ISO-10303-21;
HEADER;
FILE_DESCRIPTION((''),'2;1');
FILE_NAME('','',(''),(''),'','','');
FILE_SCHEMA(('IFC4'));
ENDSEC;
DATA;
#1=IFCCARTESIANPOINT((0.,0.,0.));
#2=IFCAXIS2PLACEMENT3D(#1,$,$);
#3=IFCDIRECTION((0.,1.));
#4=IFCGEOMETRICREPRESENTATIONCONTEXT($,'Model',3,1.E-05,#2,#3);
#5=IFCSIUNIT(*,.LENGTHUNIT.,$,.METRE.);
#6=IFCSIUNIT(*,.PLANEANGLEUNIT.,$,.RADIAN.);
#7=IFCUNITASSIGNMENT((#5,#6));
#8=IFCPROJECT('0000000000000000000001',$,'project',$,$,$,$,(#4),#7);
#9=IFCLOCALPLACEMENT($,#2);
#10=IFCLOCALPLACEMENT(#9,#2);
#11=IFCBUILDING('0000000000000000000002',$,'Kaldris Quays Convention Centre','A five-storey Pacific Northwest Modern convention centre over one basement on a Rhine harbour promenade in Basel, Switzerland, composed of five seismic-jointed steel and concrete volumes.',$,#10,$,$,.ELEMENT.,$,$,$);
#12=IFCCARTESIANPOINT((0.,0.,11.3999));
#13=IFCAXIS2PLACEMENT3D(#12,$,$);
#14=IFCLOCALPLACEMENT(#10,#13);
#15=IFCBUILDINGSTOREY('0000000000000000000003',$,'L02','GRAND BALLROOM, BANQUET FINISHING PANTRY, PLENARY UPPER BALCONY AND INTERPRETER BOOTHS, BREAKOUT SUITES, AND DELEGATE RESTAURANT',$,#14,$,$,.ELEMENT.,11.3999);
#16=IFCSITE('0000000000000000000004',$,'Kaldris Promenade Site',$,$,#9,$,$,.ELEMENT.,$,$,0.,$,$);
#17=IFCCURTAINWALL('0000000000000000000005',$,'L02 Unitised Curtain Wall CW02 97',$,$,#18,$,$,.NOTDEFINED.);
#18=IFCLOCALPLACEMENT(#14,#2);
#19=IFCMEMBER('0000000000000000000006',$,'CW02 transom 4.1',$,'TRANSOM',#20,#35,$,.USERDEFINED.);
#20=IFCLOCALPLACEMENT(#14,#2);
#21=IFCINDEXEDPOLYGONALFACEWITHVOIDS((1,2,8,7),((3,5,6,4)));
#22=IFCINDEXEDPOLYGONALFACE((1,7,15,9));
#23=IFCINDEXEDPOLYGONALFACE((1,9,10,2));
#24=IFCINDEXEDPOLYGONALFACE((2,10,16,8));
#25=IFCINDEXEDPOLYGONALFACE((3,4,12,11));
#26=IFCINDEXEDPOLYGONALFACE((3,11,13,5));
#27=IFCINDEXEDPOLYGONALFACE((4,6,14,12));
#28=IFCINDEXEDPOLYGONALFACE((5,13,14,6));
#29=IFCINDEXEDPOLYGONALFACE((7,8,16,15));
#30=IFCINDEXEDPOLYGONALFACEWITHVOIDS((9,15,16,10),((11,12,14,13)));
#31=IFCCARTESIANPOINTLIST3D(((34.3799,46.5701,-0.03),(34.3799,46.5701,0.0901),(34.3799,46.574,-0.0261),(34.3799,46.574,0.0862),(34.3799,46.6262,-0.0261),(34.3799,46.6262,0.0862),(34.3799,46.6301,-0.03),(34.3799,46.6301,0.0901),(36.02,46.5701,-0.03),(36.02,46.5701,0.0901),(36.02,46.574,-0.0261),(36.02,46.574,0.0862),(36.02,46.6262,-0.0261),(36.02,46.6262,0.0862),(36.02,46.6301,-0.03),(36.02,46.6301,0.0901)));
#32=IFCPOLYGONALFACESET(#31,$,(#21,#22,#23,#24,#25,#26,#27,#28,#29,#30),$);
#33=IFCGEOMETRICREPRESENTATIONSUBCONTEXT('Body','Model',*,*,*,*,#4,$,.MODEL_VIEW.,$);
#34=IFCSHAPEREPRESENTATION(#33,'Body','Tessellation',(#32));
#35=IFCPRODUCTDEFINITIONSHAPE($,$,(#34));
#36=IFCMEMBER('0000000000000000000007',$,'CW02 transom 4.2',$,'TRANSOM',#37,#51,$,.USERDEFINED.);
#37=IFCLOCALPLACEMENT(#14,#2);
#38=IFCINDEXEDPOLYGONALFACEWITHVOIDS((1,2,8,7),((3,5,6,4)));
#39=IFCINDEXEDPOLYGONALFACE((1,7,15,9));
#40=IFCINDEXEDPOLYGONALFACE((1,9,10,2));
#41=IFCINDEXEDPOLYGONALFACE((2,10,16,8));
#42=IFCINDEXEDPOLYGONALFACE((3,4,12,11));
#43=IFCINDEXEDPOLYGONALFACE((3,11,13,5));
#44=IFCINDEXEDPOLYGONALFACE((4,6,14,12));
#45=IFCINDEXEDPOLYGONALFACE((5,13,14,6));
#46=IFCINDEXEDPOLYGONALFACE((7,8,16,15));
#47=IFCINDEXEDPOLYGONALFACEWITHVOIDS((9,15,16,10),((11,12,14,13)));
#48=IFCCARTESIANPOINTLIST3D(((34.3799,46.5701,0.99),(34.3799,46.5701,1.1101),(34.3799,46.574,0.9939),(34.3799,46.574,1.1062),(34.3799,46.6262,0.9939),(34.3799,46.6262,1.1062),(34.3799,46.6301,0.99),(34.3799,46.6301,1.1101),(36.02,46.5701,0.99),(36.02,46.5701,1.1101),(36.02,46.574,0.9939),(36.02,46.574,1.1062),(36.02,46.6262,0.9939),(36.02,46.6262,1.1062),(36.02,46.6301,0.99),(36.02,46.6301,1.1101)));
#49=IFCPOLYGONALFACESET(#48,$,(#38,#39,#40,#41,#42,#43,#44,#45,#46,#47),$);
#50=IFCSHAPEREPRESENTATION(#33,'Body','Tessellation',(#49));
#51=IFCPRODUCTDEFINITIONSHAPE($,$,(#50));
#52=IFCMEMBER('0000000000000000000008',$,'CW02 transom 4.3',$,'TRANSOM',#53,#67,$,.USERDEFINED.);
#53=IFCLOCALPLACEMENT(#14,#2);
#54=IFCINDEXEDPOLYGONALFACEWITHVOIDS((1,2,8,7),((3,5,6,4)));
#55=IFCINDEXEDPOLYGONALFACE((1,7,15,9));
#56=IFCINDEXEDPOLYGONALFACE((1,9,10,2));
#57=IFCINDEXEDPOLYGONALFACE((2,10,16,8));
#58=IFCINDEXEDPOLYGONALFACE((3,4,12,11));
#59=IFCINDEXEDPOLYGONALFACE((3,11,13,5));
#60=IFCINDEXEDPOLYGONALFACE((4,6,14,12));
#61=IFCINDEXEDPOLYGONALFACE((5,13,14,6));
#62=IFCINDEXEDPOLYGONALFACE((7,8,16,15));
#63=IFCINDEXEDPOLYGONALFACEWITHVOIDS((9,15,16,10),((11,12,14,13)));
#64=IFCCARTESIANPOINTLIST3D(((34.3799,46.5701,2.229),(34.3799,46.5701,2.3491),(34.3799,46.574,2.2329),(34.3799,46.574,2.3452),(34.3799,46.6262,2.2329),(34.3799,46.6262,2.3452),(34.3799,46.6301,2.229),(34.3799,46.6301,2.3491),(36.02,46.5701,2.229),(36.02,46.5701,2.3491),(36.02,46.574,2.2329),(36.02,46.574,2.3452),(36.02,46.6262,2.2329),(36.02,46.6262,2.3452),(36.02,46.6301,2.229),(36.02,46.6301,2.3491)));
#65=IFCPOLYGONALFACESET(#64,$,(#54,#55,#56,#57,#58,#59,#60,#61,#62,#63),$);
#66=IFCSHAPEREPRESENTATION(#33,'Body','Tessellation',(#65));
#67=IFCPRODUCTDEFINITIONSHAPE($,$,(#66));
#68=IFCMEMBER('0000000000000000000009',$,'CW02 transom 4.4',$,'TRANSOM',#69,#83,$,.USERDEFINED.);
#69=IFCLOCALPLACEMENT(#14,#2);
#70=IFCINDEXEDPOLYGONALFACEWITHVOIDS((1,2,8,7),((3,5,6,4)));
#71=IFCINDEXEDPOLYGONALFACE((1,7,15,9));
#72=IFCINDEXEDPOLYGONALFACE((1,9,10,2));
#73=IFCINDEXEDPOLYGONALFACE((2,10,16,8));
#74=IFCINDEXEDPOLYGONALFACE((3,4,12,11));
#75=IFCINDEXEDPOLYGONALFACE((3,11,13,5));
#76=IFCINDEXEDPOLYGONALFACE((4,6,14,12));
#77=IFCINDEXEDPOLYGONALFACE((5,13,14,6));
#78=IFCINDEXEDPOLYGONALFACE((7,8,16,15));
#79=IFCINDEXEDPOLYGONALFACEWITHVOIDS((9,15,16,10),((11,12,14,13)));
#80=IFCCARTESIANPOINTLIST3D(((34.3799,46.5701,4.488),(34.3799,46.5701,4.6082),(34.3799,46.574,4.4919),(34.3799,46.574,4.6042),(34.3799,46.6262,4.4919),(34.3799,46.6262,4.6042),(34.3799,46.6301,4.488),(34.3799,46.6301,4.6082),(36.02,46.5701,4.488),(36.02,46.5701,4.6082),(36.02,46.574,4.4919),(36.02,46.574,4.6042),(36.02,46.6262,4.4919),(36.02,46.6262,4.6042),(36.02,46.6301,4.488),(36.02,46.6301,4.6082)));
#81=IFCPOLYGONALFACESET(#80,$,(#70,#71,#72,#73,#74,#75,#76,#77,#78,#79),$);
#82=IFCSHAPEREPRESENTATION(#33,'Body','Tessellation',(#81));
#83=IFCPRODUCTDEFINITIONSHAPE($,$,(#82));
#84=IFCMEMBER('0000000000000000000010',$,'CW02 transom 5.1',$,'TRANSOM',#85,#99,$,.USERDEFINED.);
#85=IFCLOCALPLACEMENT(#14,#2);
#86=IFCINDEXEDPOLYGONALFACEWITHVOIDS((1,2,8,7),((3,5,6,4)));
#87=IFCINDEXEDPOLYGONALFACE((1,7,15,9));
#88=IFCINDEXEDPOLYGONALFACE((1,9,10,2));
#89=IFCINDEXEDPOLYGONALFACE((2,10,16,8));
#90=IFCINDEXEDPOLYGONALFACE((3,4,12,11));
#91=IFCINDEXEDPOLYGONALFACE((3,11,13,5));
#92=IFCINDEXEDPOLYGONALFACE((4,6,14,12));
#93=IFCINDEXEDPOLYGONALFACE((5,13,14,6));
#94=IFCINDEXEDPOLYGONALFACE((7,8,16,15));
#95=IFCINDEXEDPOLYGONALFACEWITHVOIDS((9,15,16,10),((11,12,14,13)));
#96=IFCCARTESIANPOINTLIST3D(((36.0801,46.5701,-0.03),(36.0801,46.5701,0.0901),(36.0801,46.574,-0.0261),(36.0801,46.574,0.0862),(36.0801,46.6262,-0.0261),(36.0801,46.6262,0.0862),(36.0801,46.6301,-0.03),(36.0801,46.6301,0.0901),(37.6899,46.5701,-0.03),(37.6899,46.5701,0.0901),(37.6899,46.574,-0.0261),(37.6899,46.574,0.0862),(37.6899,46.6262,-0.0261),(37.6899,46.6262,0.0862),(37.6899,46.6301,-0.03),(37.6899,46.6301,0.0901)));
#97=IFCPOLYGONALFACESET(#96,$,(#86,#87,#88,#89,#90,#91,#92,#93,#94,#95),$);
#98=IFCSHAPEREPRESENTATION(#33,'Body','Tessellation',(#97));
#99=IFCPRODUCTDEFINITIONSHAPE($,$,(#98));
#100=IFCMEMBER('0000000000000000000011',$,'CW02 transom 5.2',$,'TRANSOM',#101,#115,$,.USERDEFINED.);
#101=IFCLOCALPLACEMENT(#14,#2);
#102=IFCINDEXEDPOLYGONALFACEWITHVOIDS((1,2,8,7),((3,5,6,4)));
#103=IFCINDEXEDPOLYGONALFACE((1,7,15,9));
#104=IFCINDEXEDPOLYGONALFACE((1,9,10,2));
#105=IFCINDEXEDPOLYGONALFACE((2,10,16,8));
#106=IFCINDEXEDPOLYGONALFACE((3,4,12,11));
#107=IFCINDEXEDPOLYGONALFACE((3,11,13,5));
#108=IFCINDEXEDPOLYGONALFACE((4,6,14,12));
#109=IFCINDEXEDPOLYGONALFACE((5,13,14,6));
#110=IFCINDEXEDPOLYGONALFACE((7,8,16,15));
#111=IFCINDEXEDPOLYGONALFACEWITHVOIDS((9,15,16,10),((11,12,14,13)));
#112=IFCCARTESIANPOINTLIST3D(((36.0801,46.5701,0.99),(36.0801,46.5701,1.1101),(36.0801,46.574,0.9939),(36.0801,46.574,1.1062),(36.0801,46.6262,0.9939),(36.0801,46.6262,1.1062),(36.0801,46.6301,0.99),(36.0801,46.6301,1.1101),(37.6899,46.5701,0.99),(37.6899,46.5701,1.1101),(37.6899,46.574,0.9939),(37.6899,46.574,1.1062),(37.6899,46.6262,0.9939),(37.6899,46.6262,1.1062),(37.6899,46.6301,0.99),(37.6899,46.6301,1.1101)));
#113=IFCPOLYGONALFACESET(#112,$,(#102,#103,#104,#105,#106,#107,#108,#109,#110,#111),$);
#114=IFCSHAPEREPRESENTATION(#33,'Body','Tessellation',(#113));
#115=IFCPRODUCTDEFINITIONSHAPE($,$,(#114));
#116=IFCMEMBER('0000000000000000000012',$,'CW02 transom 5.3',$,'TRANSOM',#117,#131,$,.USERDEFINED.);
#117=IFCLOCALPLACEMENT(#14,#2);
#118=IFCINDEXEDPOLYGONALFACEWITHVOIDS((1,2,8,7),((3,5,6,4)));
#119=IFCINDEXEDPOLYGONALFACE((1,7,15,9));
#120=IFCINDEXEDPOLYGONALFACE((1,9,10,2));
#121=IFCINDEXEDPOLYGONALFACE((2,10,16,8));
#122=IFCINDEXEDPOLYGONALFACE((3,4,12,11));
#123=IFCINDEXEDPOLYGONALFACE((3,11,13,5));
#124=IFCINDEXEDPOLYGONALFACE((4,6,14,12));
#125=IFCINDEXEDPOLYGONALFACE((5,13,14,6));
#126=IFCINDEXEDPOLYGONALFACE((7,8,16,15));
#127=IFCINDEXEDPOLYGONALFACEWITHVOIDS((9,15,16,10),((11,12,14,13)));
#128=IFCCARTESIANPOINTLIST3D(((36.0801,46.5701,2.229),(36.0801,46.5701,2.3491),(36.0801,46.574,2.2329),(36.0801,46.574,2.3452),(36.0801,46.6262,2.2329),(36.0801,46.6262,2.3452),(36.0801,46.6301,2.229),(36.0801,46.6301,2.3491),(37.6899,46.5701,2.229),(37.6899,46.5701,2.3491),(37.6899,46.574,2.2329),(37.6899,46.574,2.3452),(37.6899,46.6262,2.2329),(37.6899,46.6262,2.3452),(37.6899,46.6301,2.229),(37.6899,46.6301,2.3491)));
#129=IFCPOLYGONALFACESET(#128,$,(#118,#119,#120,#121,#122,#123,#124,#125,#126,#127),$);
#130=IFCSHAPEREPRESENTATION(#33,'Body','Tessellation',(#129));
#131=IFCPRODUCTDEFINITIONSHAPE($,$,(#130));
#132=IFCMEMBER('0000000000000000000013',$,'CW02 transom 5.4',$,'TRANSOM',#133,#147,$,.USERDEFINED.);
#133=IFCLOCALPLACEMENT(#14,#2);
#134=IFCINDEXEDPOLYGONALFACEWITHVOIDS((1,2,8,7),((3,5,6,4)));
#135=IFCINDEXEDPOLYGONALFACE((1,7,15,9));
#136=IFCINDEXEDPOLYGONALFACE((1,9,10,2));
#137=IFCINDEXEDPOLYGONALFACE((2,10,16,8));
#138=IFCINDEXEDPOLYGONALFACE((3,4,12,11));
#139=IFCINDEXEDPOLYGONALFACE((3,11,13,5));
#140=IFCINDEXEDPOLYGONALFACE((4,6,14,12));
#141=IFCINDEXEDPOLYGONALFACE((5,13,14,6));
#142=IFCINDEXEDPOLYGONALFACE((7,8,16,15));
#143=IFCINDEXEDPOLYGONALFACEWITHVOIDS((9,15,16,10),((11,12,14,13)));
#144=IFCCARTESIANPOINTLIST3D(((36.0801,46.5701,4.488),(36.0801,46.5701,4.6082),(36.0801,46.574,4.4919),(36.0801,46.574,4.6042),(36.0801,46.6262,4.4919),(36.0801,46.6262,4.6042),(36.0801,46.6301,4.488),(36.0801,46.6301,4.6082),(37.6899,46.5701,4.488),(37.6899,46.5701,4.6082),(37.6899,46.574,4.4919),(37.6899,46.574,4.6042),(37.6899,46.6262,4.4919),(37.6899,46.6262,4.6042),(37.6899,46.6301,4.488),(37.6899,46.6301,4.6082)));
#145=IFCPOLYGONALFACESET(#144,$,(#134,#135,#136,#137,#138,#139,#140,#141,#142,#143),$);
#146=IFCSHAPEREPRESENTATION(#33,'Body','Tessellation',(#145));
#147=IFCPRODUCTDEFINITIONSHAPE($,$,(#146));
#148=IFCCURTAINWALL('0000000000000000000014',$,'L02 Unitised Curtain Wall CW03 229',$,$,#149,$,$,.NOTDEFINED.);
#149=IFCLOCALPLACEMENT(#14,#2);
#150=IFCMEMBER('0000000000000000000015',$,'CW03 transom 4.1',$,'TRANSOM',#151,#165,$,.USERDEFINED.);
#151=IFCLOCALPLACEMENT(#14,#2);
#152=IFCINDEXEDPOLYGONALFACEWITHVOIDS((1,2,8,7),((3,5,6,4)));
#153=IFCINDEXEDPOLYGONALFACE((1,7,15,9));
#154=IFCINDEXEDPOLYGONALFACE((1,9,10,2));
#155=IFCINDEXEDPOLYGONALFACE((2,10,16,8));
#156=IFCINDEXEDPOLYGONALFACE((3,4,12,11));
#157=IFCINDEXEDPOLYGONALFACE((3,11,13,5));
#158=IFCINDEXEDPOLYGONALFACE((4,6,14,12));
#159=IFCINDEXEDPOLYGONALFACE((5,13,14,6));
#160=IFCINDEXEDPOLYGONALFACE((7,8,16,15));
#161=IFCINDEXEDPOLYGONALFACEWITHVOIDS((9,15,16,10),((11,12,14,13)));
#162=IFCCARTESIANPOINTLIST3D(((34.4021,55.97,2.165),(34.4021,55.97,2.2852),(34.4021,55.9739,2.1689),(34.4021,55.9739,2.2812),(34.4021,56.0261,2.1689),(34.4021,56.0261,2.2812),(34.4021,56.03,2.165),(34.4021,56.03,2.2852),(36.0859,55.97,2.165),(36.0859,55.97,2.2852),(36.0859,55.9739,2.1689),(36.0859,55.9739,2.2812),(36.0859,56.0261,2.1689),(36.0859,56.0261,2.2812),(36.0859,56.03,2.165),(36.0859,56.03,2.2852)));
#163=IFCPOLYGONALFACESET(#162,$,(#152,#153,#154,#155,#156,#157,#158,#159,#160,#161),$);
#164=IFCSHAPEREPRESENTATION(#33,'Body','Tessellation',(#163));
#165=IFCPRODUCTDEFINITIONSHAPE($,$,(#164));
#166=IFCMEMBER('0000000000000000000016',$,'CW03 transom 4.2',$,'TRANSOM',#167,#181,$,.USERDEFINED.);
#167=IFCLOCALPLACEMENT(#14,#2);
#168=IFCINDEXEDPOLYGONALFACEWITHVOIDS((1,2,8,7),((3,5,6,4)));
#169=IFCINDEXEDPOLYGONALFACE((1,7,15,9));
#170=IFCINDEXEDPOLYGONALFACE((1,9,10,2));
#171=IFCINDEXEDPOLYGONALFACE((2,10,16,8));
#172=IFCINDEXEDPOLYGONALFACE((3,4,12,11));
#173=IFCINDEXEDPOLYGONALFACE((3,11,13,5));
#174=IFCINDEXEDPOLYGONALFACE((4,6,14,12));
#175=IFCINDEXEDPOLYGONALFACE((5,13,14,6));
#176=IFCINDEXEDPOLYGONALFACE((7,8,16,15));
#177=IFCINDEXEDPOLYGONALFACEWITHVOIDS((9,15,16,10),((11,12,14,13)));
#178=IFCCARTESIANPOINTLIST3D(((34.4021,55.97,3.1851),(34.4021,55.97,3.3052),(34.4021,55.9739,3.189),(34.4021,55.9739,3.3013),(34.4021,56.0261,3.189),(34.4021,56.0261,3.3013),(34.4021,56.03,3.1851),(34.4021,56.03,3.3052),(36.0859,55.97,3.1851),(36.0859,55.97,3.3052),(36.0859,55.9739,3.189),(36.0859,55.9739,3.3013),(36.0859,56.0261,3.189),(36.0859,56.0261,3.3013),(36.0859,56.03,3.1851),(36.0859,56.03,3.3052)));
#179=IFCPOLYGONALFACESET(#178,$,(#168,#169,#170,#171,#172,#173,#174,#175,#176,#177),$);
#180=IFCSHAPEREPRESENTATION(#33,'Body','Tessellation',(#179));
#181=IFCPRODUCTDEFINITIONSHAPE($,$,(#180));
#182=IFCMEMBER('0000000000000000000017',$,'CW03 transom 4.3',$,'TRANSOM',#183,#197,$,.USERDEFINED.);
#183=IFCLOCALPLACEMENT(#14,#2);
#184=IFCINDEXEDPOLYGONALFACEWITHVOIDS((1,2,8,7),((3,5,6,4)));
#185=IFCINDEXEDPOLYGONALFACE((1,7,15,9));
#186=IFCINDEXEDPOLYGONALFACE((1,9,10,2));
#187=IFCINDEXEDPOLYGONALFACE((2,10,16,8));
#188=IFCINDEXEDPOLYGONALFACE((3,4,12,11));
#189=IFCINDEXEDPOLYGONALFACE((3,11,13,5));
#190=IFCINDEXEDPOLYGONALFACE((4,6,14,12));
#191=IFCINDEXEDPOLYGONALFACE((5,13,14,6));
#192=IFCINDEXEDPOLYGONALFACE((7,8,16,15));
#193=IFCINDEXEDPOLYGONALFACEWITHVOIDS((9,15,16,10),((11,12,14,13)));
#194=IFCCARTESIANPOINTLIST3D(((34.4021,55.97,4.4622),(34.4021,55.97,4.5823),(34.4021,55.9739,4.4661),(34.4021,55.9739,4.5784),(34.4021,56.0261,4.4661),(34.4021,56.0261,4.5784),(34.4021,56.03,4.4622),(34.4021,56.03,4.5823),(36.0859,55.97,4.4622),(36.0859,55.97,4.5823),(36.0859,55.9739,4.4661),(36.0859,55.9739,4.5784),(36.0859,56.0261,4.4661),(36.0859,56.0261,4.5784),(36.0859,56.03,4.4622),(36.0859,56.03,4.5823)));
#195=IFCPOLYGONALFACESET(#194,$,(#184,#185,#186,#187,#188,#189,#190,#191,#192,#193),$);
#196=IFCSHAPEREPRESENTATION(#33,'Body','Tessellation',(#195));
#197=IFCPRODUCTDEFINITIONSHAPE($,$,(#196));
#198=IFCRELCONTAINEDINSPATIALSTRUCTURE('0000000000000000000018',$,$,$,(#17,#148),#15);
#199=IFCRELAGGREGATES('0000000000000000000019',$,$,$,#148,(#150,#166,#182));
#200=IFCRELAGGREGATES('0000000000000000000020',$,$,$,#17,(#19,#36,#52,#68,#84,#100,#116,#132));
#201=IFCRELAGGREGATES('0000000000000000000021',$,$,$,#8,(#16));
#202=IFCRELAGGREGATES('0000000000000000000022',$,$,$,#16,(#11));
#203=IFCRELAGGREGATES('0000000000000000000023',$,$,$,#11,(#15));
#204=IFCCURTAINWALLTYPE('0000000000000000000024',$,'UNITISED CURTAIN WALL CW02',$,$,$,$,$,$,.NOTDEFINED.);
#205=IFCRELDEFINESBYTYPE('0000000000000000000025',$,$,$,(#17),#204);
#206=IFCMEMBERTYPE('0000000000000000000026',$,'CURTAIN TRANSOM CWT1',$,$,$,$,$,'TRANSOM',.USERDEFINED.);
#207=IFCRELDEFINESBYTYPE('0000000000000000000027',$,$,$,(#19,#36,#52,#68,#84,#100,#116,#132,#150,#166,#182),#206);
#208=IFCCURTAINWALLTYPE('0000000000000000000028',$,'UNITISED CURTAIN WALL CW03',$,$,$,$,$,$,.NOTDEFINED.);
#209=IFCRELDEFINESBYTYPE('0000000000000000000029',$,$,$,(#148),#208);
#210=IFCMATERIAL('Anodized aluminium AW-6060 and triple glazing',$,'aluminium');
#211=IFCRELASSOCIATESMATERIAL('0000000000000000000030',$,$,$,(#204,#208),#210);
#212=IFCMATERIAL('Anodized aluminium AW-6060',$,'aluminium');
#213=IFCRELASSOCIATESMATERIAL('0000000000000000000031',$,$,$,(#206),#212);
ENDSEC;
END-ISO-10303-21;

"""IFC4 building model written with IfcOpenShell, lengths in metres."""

from ifc_helpers import new_model, si_unit, direction, frame, origin, origin_2d, place, context, subcontext, project, spatial, hollow_rectangle, extrude, material, material_profile, profile_set, type_object, element, aggregate, save


model = new_model("IFC4")

# Units and contexts
model_context = context("Model", 3, precision=1e-05, world=origin(), true_north=direction((0.0, 1.0)))
body_context = subcontext(model_context, "Body", "Model", "MODEL_VIEW")
ifc_project = project(units=[si_unit("LENGTHUNIT", "METRE"), si_unit("PLANEANGLEUNIT", "RADIAN")], contexts=[model_context])

# Site, building, storey
site_placement = place(None, origin())
site = spatial("IfcSite", under=ifc_project, at=site_placement, Name="Kaldris Promenade Site", CompositionType="ELEMENT", RefElevation=0.0)
building_placement = place(site_placement, origin())
building = spatial("IfcBuilding", under=site, at=building_placement, Name="Kaldris Quays Convention Centre", Description="A five-storey Pacific Northwest Modern convention centre over one basement on a Rhine harbour promenade in Basel, Switzerland, composed of five seismic-jointed steel and concrete volumes.", CompositionType="ELEMENT")
storey_placement = place(building_placement, frame((0.0, 0.0, 11.3999)))
storey = spatial("IfcBuildingStorey", under=building, at=storey_placement, Name="L02", Description="GRAND BALLROOM, BANQUET FINISHING PANTRY, PLENARY UPPER BALCONY AND INTERPRETER BOOTHS, BREAKOUT SUITES, AND DELEGATE RESTAURANT", CompositionType="ELEMENT", Elevation=11.3999)

# Curtain wall
ifc_material_1 = material(Name="Anodized aluminium AW-6060 and triple glazing", Category="aluminium")
curtain_wall_type_1 = type_object("IfcCurtainWallType", Name="UNITISED CURTAIN WALL CW02", PredefinedType="NOTDEFINED", material=ifc_material_1)
curtain_wall_1_placement = place(storey_placement, origin())
curtain_wall_1 = element("IfcCurtainWall", 1, at=curtain_wall_1_placement, inside=storey, type_object=curtain_wall_type_1, Name="L02 Unitised Curtain Wall CW02 97", PredefinedType="NOTDEFINED")
ifc_material_2 = material(Name="Anodized aluminium AW-6060", Category="aluminium")

# Members
ifc_material_profile_1 = material_profile(ifc_material_2, hollow_rectangle(XDim=0.0601, YDim=0.1201, WallThickness=0.0039, at=origin_2d()), Name="RHS 120x60x4")
ifc_profile_set_1 = profile_set([ifc_material_profile_1], Name="Anodized aluminium AW-6060")
member_type_1 = type_object("IfcMemberType", Name="CURTAIN TRANSOM CWT1", ElementType="TRANSOM", PredefinedType="USERDEFINED", material=ifc_profile_set_1)
member_1_placement = place(storey_placement, frame((34.3799, 46.6001, 0.03), z_axis=(1.0, 0.0, 0.0), x_axis=(0.0, 1.0, 0.0)))
member_1 = element("IfcMember", 2, at=member_1_placement, type_object=member_type_1, Name="CW02 transom 4.1", ObjectType="TRANSOM", PredefinedType="USERDEFINED", context=body_context, shape_type="SweptSolid", body=[
    extrude(hollow_rectangle(XDim=0.0601, YDim=0.1201, WallThickness=0.0039, at=origin_2d()), origin(), (0.0, 0.0, 1.0), 1.6401),
])
member_2_placement = place(storey_placement, frame((34.3799, 46.6001, 1.05), z_axis=(1.0, 0.0, 0.0), x_axis=(0.0, 1.0, 0.0)))
member_2 = element("IfcMember", 3, at=member_2_placement, type_object=member_type_1, Name="CW02 transom 4.2", ObjectType="TRANSOM", PredefinedType="USERDEFINED", context=body_context, shape_type="SweptSolid", body=[
    extrude(hollow_rectangle(XDim=0.0601, YDim=0.1201, WallThickness=0.0039, at=origin_2d()), origin(), (0.0, 0.0, 1.0), 1.6401),
])
member_3_placement = place(storey_placement, frame((34.3799, 46.6001, 2.2891), z_axis=(1.0, 0.0, 0.0), x_axis=(0.0, 1.0, 0.0)))
member_3 = element("IfcMember", 4, at=member_3_placement, type_object=member_type_1, Name="CW02 transom 4.3", ObjectType="TRANSOM", PredefinedType="USERDEFINED", context=body_context, shape_type="SweptSolid", body=[
    extrude(hollow_rectangle(XDim=0.0601, YDim=0.1201, WallThickness=0.0039, at=origin_2d()), origin(), (0.0, 0.0, 1.0), 1.6401),
])
member_4_placement = place(storey_placement, frame((34.3799, 46.6001, 4.5481), z_axis=(1.0, 0.0, 0.0), x_axis=(0.0, 1.0, 0.0)))
member_4 = element("IfcMember", 5, at=member_4_placement, type_object=member_type_1, Name="CW02 transom 4.4", ObjectType="TRANSOM", PredefinedType="USERDEFINED", context=body_context, shape_type="SweptSolid", body=[
    extrude(hollow_rectangle(XDim=0.0601, YDim=0.1201, WallThickness=0.0039, at=origin_2d()), origin(), (0.0, 0.0, 1.0), 1.6401),
])
member_5_placement = place(storey_placement, frame((36.0801, 46.6001, 0.03), z_axis=(1.0, 0.0, 0.0), x_axis=(0.0, 1.0, 0.0)))
member_5 = element("IfcMember", 6, at=member_5_placement, type_object=member_type_1, Name="CW02 transom 5.1", ObjectType="TRANSOM", PredefinedType="USERDEFINED", context=body_context, shape_type="SweptSolid", body=[
    extrude(hollow_rectangle(XDim=0.0601, YDim=0.1201, WallThickness=0.0039, at=origin_2d()), origin(), (0.0, 0.0, 1.0), 1.6099),
])
member_6_placement = place(storey_placement, frame((36.0801, 46.6001, 1.05), z_axis=(1.0, 0.0, 0.0), x_axis=(0.0, 1.0, 0.0)))
member_6 = element("IfcMember", 7, at=member_6_placement, type_object=member_type_1, Name="CW02 transom 5.2", ObjectType="TRANSOM", PredefinedType="USERDEFINED", context=body_context, shape_type="SweptSolid", body=[
    extrude(hollow_rectangle(XDim=0.0601, YDim=0.1201, WallThickness=0.0039, at=origin_2d()), origin(), (0.0, 0.0, 1.0), 1.6099),
])
member_7_placement = place(storey_placement, frame((36.0801, 46.6001, 2.2891), z_axis=(1.0, 0.0, 0.0), x_axis=(0.0, 1.0, 0.0)))
member_7 = element("IfcMember", 8, at=member_7_placement, type_object=member_type_1, Name="CW02 transom 5.3", ObjectType="TRANSOM", PredefinedType="USERDEFINED", context=body_context, shape_type="SweptSolid", body=[
    extrude(hollow_rectangle(XDim=0.0601, YDim=0.1201, WallThickness=0.0039, at=origin_2d()), origin(), (0.0, 0.0, 1.0), 1.6099),
])
member_8_placement = place(storey_placement, frame((36.0801, 46.6001, 4.5481), z_axis=(1.0, 0.0, 0.0), x_axis=(0.0, 1.0, 0.0)))
member_8 = element("IfcMember", 9, at=member_8_placement, type_object=member_type_1, Name="CW02 transom 5.4", ObjectType="TRANSOM", PredefinedType="USERDEFINED", context=body_context, shape_type="SweptSolid", body=[
    extrude(hollow_rectangle(XDim=0.0601, YDim=0.1201, WallThickness=0.0039, at=origin_2d()), origin(), (0.0, 0.0, 1.0), 1.6099),
])

# Curtain wall, members
curtain_wall_type_2 = type_object("IfcCurtainWallType", Name="UNITISED CURTAIN WALL CW03", PredefinedType="NOTDEFINED", material=ifc_material_1)
curtain_wall_2_placement = place(storey_placement, origin())
curtain_wall_2 = element("IfcCurtainWall", 10, at=curtain_wall_2_placement, inside=storey, type_object=curtain_wall_type_2, Name="L02 Unitised Curtain Wall CW03 229", PredefinedType="NOTDEFINED")
member_9_placement = place(storey_placement, frame((34.4021, 56.0, 2.2251), z_axis=(1.0, 0.0, 0.0), x_axis=(0.0, 1.0, 0.0)))
member_9 = element("IfcMember", 11, at=member_9_placement, type_object=member_type_1, Name="CW03 transom 4.1", ObjectType="TRANSOM", PredefinedType="USERDEFINED", context=body_context, shape_type="SweptSolid", body=[
    extrude(hollow_rectangle(XDim=0.0601, YDim=0.1201, WallThickness=0.0039, at=origin_2d()), origin(), (0.0, 0.0, 1.0), 1.6838),
])
member_10_placement = place(storey_placement, frame((34.4021, 56.0, 3.2451), z_axis=(1.0, 0.0, 0.0), x_axis=(0.0, 1.0, 0.0)))
member_10 = element("IfcMember", 12, at=member_10_placement, type_object=member_type_1, Name="CW03 transom 4.2", ObjectType="TRANSOM", PredefinedType="USERDEFINED", context=body_context, shape_type="SweptSolid", body=[
    extrude(hollow_rectangle(XDim=0.0601, YDim=0.1201, WallThickness=0.0039, at=origin_2d()), origin(), (0.0, 0.0, 1.0), 1.6838),
])
member_11_placement = place(storey_placement, frame((34.4021, 56.0, 4.5222), z_axis=(1.0, 0.0, 0.0), x_axis=(0.0, 1.0, 0.0)))
member_11 = element("IfcMember", 13, at=member_11_placement, type_object=member_type_1, Name="CW03 transom 4.3", ObjectType="TRANSOM", PredefinedType="USERDEFINED", context=body_context, shape_type="SweptSolid", body=[
    extrude(hollow_rectangle(XDim=0.0601, YDim=0.1201, WallThickness=0.0039, at=origin_2d()), origin(), (0.0, 0.0, 1.0), 1.6838),
])
aggregate(curtain_wall_2, [member_9, member_10, member_11])

aggregate(curtain_wall_1, [member_1, member_2, member_3, member_4, member_5, member_6, member_7, member_8])

save(model, "model.ifc")
